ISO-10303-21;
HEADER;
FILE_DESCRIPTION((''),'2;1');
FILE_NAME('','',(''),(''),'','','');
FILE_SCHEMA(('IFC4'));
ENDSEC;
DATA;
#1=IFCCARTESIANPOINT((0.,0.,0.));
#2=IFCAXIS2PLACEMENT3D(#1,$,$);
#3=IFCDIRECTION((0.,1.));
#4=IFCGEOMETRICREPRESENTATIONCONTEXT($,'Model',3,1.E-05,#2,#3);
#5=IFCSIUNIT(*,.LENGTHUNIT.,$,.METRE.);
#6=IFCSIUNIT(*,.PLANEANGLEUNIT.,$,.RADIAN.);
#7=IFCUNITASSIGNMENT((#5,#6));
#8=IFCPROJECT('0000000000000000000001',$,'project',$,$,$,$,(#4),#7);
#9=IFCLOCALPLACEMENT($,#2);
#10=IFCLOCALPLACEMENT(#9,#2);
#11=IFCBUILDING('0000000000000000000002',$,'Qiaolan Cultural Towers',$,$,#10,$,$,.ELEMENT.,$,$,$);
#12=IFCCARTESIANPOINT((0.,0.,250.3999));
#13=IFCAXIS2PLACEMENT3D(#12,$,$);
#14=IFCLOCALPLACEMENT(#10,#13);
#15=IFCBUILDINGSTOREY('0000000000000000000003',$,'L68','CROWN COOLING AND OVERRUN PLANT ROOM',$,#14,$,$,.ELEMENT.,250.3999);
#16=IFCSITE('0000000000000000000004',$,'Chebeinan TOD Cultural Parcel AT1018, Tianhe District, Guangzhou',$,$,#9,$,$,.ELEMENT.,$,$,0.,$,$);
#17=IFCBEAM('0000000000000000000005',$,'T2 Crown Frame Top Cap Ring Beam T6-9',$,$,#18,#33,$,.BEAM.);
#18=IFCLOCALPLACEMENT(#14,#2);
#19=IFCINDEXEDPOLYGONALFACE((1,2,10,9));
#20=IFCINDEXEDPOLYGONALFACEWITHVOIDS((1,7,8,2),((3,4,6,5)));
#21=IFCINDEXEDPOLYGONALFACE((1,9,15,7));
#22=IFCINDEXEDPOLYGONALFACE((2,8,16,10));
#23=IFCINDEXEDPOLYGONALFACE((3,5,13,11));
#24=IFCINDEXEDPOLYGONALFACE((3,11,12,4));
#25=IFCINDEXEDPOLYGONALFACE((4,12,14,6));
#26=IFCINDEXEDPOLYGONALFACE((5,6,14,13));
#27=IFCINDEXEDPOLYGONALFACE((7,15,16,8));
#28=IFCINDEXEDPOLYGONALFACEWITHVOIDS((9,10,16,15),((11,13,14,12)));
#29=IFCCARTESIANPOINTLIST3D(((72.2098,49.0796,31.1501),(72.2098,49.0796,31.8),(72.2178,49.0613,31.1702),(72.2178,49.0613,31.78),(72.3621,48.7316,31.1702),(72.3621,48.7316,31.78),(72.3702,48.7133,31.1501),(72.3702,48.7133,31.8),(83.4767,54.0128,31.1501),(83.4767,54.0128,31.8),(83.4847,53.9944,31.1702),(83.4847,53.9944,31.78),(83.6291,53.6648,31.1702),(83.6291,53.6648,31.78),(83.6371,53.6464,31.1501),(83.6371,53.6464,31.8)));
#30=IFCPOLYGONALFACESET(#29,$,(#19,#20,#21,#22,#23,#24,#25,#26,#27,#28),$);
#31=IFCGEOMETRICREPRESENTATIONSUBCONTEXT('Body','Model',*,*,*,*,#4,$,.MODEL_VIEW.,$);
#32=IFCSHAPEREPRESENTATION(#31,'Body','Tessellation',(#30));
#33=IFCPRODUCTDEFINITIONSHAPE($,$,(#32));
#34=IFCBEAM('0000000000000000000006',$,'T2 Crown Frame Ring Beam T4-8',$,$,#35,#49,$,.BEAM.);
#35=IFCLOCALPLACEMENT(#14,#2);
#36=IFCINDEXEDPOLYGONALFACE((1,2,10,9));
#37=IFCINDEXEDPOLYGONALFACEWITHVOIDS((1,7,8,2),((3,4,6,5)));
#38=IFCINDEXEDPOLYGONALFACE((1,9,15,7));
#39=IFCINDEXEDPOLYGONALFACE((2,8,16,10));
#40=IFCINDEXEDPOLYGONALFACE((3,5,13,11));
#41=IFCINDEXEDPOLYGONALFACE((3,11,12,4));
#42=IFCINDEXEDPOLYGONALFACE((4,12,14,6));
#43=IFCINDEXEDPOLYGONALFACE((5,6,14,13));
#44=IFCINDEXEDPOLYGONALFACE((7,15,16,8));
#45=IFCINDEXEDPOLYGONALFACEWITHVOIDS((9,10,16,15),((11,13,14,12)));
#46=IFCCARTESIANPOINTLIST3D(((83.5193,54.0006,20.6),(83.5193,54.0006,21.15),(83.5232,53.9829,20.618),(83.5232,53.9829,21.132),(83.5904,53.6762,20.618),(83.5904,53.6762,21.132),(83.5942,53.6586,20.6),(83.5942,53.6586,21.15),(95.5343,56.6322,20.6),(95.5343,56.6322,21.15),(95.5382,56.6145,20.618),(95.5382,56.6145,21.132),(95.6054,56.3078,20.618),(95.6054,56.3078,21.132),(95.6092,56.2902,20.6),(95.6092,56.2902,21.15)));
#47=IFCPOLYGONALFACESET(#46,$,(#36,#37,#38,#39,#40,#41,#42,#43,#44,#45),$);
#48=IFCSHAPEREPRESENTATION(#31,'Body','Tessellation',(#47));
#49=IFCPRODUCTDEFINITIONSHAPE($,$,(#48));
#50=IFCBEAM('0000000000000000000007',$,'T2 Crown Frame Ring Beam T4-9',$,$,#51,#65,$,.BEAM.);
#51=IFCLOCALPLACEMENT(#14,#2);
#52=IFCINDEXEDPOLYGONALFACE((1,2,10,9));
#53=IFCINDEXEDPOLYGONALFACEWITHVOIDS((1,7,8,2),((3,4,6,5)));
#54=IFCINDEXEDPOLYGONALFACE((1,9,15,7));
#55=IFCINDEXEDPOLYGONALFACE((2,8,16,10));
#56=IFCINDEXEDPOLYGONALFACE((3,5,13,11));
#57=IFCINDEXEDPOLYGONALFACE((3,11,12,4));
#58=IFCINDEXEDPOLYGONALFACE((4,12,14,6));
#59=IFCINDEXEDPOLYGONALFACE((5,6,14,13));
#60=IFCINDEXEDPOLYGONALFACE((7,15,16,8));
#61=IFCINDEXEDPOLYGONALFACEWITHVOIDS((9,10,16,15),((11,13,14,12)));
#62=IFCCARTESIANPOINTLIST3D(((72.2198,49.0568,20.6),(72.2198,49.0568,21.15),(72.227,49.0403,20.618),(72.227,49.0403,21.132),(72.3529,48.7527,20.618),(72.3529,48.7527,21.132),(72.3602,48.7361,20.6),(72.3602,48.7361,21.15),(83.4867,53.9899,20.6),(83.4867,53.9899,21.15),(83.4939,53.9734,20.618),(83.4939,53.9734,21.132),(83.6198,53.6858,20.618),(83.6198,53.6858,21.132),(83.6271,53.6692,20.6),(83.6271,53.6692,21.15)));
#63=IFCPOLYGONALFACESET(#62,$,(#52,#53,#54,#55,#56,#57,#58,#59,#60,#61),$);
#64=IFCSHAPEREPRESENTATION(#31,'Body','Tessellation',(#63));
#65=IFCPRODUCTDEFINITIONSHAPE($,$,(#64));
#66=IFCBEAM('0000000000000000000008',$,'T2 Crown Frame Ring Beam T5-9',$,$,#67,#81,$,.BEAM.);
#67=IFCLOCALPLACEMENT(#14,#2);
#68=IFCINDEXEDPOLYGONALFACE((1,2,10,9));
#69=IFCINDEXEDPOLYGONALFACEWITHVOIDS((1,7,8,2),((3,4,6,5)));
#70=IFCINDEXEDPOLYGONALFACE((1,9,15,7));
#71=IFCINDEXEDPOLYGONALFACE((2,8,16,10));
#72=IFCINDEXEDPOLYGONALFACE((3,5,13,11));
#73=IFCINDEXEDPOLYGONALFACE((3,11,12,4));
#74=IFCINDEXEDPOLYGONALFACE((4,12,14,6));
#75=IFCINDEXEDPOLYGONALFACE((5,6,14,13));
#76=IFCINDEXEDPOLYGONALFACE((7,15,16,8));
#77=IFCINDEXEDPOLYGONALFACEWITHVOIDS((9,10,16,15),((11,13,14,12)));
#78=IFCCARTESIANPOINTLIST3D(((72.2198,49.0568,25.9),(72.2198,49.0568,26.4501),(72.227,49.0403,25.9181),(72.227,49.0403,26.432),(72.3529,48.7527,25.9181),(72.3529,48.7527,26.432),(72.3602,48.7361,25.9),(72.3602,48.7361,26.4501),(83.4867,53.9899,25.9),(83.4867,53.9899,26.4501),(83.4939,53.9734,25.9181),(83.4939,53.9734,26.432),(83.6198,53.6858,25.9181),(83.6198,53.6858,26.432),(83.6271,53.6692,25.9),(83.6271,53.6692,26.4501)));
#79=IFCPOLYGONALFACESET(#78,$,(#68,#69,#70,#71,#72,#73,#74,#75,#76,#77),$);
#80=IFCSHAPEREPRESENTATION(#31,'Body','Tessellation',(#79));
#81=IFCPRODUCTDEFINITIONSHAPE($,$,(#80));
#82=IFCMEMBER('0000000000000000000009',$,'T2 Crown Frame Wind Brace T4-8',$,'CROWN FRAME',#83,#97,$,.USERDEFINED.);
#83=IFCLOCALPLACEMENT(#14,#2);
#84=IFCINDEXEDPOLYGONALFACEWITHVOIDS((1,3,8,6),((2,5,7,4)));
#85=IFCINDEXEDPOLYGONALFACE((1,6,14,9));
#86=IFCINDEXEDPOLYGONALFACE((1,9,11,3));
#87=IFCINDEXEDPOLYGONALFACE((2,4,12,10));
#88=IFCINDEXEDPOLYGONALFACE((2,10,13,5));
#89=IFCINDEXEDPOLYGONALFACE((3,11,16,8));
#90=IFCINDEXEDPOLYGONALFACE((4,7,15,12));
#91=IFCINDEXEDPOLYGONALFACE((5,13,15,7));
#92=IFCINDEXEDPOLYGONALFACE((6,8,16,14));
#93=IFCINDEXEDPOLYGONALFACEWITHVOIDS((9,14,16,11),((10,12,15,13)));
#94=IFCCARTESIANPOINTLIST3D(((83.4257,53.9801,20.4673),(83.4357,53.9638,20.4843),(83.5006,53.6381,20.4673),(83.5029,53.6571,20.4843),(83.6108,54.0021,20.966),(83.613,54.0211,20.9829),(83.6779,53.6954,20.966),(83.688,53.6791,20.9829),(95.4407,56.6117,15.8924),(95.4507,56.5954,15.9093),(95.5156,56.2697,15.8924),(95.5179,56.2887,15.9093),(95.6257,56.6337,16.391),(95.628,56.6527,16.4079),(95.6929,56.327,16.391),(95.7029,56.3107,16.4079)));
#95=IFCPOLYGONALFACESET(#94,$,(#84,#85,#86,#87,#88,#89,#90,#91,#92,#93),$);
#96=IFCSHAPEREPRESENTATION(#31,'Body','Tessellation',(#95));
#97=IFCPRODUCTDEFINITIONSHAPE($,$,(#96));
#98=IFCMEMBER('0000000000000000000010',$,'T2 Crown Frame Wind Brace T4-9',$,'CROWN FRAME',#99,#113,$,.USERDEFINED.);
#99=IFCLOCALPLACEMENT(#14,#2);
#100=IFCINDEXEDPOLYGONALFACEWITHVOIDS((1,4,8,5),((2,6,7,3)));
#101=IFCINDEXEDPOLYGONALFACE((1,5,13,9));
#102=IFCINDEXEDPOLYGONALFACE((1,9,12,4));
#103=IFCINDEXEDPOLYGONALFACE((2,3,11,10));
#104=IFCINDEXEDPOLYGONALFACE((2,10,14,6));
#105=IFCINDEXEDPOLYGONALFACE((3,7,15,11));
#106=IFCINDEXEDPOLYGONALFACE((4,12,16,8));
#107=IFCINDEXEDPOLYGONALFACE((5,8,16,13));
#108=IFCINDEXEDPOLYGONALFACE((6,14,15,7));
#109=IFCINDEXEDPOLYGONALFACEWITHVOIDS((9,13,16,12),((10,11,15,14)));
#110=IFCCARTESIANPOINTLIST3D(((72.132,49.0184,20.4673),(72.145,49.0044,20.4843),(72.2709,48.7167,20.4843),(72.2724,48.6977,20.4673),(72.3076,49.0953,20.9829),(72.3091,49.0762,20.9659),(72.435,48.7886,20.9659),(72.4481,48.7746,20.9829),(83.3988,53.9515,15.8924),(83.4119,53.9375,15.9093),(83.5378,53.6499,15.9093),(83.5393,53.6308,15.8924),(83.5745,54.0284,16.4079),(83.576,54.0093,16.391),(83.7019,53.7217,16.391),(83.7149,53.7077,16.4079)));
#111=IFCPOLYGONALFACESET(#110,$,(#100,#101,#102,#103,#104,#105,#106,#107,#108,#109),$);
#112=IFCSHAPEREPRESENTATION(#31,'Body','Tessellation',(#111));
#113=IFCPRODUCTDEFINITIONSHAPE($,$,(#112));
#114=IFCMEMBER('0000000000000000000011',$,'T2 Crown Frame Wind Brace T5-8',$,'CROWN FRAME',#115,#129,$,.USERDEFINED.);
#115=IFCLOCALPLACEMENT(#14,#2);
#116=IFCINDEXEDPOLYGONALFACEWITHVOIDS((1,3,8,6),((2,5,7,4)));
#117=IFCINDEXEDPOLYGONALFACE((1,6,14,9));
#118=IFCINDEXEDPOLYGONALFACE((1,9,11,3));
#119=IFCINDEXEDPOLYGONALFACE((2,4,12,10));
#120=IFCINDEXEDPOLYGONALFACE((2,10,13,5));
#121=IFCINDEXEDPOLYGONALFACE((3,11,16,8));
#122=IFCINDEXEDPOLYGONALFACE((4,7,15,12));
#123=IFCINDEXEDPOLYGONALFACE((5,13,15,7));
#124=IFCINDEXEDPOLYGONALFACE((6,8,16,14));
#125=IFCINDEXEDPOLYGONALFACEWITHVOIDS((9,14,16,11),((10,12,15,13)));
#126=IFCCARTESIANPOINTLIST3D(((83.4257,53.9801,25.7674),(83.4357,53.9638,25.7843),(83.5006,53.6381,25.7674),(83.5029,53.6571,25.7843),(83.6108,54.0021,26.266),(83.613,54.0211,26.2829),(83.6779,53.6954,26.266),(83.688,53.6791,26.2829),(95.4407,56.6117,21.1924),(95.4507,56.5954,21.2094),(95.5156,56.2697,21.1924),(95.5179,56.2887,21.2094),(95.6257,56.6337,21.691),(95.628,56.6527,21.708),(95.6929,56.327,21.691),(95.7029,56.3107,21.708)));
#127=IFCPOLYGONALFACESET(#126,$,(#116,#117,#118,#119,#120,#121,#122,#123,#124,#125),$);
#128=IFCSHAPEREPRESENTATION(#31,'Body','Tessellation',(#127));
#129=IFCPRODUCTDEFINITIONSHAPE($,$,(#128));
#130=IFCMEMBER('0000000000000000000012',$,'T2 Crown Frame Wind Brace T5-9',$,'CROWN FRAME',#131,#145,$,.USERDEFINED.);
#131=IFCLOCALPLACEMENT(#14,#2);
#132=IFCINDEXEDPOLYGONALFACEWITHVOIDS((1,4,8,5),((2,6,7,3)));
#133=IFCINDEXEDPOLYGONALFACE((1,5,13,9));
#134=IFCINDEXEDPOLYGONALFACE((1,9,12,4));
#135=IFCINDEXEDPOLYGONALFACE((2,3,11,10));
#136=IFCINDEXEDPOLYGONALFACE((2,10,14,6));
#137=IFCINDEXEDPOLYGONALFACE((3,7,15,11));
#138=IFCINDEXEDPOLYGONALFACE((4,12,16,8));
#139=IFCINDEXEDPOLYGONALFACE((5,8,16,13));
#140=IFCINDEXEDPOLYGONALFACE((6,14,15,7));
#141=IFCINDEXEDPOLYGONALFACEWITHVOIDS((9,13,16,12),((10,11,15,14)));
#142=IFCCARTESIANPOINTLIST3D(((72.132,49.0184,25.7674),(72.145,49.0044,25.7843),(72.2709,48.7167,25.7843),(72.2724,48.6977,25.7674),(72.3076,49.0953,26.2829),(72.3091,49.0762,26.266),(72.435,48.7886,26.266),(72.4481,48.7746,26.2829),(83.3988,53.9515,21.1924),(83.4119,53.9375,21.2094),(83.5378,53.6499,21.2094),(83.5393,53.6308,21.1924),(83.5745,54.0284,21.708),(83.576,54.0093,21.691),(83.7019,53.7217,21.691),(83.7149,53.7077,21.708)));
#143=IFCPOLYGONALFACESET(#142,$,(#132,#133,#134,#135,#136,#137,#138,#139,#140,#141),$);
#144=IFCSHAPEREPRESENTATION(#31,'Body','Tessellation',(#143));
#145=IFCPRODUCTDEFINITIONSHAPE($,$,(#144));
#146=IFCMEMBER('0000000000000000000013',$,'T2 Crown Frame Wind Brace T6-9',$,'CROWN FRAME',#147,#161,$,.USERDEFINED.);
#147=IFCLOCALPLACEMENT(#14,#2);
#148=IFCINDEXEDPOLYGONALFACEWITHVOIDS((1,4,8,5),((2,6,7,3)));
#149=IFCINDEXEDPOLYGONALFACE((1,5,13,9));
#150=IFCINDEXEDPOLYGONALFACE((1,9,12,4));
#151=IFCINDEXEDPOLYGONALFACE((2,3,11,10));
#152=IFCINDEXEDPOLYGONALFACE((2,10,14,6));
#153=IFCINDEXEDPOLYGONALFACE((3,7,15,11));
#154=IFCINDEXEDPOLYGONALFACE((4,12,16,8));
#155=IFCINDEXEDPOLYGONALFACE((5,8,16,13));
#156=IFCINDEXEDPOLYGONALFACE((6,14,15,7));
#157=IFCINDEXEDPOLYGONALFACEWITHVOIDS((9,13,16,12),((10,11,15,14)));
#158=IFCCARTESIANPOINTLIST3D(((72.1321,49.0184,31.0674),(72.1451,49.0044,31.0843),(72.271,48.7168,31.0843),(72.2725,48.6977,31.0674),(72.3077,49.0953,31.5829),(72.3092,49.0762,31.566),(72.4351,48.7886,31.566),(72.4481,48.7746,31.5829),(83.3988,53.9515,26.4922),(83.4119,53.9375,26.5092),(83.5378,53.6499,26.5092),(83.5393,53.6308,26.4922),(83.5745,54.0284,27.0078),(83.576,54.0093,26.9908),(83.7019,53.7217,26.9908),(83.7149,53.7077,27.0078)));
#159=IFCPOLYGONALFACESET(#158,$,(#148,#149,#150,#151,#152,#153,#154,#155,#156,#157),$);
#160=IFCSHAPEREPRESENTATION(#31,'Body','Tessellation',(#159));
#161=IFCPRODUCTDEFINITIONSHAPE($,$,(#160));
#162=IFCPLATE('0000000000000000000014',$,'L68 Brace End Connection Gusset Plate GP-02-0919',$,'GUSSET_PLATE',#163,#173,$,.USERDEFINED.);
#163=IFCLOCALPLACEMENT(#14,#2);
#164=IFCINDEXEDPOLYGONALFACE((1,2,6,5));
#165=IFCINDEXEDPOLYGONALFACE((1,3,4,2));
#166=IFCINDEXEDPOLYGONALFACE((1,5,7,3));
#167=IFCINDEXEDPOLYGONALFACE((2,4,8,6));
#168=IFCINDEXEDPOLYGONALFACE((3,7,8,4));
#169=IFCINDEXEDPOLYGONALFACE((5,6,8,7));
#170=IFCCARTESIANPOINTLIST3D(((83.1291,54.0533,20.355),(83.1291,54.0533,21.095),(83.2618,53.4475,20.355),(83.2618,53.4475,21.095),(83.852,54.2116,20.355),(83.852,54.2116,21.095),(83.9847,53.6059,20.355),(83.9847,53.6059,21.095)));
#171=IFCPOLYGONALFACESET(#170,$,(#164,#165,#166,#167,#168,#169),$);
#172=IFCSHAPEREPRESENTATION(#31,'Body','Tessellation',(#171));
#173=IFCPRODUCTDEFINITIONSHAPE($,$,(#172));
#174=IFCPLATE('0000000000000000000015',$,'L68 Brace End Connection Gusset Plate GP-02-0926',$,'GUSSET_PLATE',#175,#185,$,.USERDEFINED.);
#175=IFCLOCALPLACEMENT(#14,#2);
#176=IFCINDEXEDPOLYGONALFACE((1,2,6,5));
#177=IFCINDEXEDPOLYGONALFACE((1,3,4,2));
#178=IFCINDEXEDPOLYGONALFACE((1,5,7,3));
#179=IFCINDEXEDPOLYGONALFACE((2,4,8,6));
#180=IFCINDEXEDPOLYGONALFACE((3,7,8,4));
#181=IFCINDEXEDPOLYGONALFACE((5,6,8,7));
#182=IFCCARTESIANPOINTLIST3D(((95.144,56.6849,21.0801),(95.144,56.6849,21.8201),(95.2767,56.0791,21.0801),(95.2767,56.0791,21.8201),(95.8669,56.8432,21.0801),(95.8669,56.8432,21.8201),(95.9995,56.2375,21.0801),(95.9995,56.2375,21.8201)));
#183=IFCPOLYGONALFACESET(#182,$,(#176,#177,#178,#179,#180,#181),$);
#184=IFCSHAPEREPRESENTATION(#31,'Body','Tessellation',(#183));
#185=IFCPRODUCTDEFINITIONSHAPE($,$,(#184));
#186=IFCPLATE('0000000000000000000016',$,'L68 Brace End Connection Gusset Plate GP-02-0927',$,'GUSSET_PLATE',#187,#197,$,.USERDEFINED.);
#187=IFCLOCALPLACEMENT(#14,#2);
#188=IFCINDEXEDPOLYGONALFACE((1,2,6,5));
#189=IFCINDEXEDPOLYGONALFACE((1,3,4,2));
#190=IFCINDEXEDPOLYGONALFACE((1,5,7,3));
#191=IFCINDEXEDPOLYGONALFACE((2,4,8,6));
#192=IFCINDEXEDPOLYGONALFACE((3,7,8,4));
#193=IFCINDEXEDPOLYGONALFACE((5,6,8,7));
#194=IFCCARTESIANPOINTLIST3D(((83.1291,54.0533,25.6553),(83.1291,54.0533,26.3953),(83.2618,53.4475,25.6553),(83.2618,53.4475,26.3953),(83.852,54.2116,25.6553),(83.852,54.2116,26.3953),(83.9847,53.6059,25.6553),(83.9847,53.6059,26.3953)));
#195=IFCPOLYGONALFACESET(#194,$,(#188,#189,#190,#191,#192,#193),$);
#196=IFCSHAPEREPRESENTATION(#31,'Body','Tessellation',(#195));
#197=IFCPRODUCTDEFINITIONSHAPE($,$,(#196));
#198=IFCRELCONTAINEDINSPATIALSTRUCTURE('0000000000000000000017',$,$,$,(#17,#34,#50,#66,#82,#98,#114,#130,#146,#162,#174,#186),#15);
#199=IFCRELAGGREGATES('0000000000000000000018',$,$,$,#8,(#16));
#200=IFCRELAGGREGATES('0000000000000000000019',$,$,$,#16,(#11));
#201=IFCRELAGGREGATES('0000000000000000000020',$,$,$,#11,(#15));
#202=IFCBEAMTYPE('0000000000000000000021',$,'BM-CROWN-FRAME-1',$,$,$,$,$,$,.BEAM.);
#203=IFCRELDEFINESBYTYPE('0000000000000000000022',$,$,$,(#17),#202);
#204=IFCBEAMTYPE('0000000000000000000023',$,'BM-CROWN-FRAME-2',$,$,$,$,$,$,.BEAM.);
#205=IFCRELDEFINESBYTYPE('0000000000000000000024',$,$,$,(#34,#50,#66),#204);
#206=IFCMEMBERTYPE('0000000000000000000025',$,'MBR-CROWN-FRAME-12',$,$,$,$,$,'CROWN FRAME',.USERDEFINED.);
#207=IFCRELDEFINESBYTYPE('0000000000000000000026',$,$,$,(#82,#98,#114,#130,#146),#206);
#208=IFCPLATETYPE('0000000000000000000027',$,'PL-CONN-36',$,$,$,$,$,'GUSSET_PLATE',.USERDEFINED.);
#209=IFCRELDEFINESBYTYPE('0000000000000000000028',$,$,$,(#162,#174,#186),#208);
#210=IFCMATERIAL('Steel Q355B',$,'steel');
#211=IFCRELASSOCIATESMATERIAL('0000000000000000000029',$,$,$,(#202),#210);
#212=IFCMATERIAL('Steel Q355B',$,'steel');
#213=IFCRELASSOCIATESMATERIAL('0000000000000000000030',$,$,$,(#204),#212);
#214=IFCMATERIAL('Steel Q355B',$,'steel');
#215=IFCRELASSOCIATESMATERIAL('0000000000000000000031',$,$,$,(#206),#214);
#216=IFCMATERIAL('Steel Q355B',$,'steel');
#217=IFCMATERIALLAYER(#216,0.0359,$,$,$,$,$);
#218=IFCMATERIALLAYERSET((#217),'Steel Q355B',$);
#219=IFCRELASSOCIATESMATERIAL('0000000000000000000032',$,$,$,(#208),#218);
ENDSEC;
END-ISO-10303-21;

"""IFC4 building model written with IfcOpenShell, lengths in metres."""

from ifc_helpers import new_model, si_unit, direction, frame, origin, origin_2d, place, context, subcontext, project, spatial, rectangle, hollow_rectangle, extrude, material, layer, layer_set, material_profile, profile_set, type_object, element, save


model = new_model("IFC4")

# Units and contexts
model_context = context("Model", 3, precision=1e-05, world=origin(), true_north=direction((0.0, 1.0)))
body_context = subcontext(model_context, "Body", "Model", "MODEL_VIEW")
ifc_project = project(units=[si_unit("LENGTHUNIT", "METRE"), si_unit("PLANEANGLEUNIT", "RADIAN")], contexts=[model_context])

# Site, building, storey
site_placement = place(None, origin())
site = spatial("IfcSite", under=ifc_project, at=site_placement, Name="Chebeinan TOD Cultural Parcel AT1018, Tianhe District, Guangzhou", CompositionType="ELEMENT", RefElevation=0.0)
building_placement = place(site_placement, origin())
building = spatial("IfcBuilding", under=site, at=building_placement, Name="Qiaolan Cultural Towers", CompositionType="ELEMENT")
storey_placement = place(building_placement, frame((0.0, 0.0, 250.3999)))
storey = spatial("IfcBuildingStorey", under=building, at=storey_placement, Name="L68", Description="CROWN COOLING AND OVERRUN PLANT ROOM", CompositionType="ELEMENT", Elevation=250.3999)

# Beams
ifc_material_1 = material(Name="Steel Q355B", Category="steel")
ifc_material_profile_1 = material_profile(ifc_material_1, hollow_rectangle(XDim=0.3999, YDim=0.6499, WallThickness=0.02, at=origin_2d()), Name="BOX650x400x20")
ifc_profile_set_1 = profile_set([ifc_material_profile_1], Name="Steel Q355B")
beam_type_1 = type_object("IfcBeamType", Name="BM-CROWN-FRAME-1", PredefinedType="BEAM", material=ifc_profile_set_1)
beam_1_placement = place(storey_placement, frame((83.5569, 53.8296, 31.4751), z_axis=(-0.916042, -0.401082, 0.0), x_axis=(0.401082, -0.916042, 0.0)))
element("IfcBeam", 1, at=beam_1_placement, inside=storey, type_object=beam_type_1, Name="T2 Crown Frame Top Cap Ring Beam T6-9", PredefinedType="BEAM", context=body_context, shape_type="SweptSolid", body=[
    extrude(hollow_rectangle(XDim=0.3999, YDim=0.6499, WallThickness=0.02, at=origin_2d()), origin(), (0.0, 0.0, 1.0), 12.2996),
])
ifc_material_2 = material(Name="Steel Q355B", Category="steel")
ifc_material_profile_2 = material_profile(ifc_material_2, hollow_rectangle(XDim=0.3501, YDim=0.55, WallThickness=0.0181, at=origin_2d()), Name="BOX550x350x18")
ifc_profile_set_2 = profile_set([ifc_material_profile_2], Name="Steel Q355B")
beam_type_2 = type_object("IfcBeamType", Name="BM-CROWN-FRAME-2", PredefinedType="BEAM", material=ifc_profile_set_2)
beam_2_placement = place(storey_placement, frame((95.5718, 56.4612, 20.875), z_axis=(-0.976843, -0.213956, 0.0), x_axis=(0.213956, -0.976843, 0.0)))
element("IfcBeam", 2, at=beam_2_placement, inside=storey, type_object=beam_type_2, Name="T2 Crown Frame Ring Beam T4-8", PredefinedType="BEAM", context=body_context, shape_type="SweptSolid", body=[
    extrude(hollow_rectangle(XDim=0.3501, YDim=0.55, WallThickness=0.0181, at=origin_2d()), origin(), (0.0, 0.0, 1.0), 12.2998),
])
for number, where, z_axis, x_axis, name in (
    (3, (83.5569, 53.8296, 20.875), (-0.916042, -0.401082, 0.0), (0.401082, -0.916042, 0.0), "T2 Crown Frame Ring Beam T4-9"),
    (4, (83.5569, 53.8296, 26.175), (-0.916042, -0.401082, 0.0), (0.401082, -0.916042, 0.0), "T2 Crown Frame Ring Beam T5-9"),
):
    element("IfcBeam", number, at=place(storey_placement, frame(where, z_axis=z_axis, x_axis=x_axis)), inside=storey, type_object=beam_type_2, Name=name, PredefinedType="BEAM", context=body_context, shape_type="SweptSolid", body=[
        extrude(hollow_rectangle(XDim=0.3501, YDim=0.55, WallThickness=0.0181, at=origin_2d()), origin(), (0.0, 0.0, 1.0), 12.2996),
    ])

# Members
ifc_material_3 = material(Name="Steel Q355B", Category="steel")
ifc_material_profile_3 = material_profile(ifc_material_3, hollow_rectangle(XDim=0.3501, YDim=0.55, WallThickness=0.0181, at=origin_2d()), Name="BOX550x350x18")
ifc_profile_set_3 = profile_set([ifc_material_profile_3], Name="Steel Q355B")
member_type = type_object("IfcMemberType", Name="MBR-CROWN-FRAME-12", ElementType="CROWN FRAME", PredefinedType="USERDEFINED", material=ifc_profile_set_3)
member_1_placement = place(storey_placement, frame((95.5718, 56.4612, 16.1501), z_axis=(-0.91556, -0.200533, 0.348621), x_axis=(0.213956, -0.976843, 0.0)))
element("IfcMember", 5, at=member_1_placement, inside=storey, type_object=member_type, Name="T2 Crown Frame Wind Brace T4-8", ObjectType="CROWN FRAME", PredefinedType="USERDEFINED", context=body_context, shape_type="SweptSolid", body=[
    extrude(hollow_rectangle(XDim=0.3501, YDim=0.55, WallThickness=0.0181, at=origin_2d()), origin(), (0.0, 0.0, 1.0), 13.123),
])
member_2_placement = place(storey_placement, frame((83.5569, 53.8296, 16.1501), z_axis=(-0.858571, -0.375919, 0.348627), x_axis=(0.401082, -0.916042, 0.0)))
element("IfcMember", 6, at=member_2_placement, inside=storey, type_object=member_type, Name="T2 Crown Frame Wind Brace T4-9", ObjectType="CROWN FRAME", PredefinedType="USERDEFINED", context=body_context, shape_type="SweptSolid", body=[
    extrude(hollow_rectangle(XDim=0.3501, YDim=0.55, WallThickness=0.0181, at=origin_2d()), origin(), (0.0, 0.0, 1.0), 13.1228),
])
member_3_placement = place(storey_placement, frame((95.5718, 56.4612, 21.4502), z_axis=(-0.91556, -0.200533, 0.348621), x_axis=(0.213956, -0.976843, 0.0)))
element("IfcMember", 7, at=member_3_placement, inside=storey, type_object=member_type, Name="T2 Crown Frame Wind Brace T5-8", ObjectType="CROWN FRAME", PredefinedType="USERDEFINED", context=body_context, shape_type="SweptSolid", body=[
    extrude(hollow_rectangle(XDim=0.3501, YDim=0.55, WallThickness=0.0181, at=origin_2d()), origin(), (0.0, 0.0, 1.0), 13.123),
])
for number, where, z_axis, x_axis, name in (
    (8, (83.5569, 53.8296, 21.4502), (-0.858571, -0.375919, 0.348627), (0.401082, -0.916042, 0.0), "T2 Crown Frame Wind Brace T5-9"),
    (9, (83.5569, 53.8296, 26.75), (-0.858566, -0.375917, 0.348643), (0.401082, -0.916042, 0.0), "T2 Crown Frame Wind Brace T6-9"),
):
    element("IfcMember", number, at=place(storey_placement, frame(where, z_axis=z_axis, x_axis=x_axis)), inside=storey, type_object=member_type, Name=name, ObjectType="CROWN FRAME", PredefinedType="USERDEFINED", context=body_context, shape_type="SweptSolid", body=[
        extrude(hollow_rectangle(XDim=0.3501, YDim=0.55, WallThickness=0.0181, at=origin_2d()), origin(), (0.0, 0.0, 1.0), 13.1228),
    ])

# Plates
ifc_material_4 = material(Name="Steel Q355B", Category="steel")
ifc_layer_1 = layer(ifc_material_4, 0.0359)
ifc_layer_set_1 = layer_set([ifc_layer_1], Name="Steel Q355B")
plate_type_1 = type_object("IfcPlateType", Name="PL-CONN-36", ElementType="GUSSET_PLATE", PredefinedType="USERDEFINED", material=ifc_layer_set_1)
for number, where, z_axis, x_axis, name in (
    (10, (83.5569, 53.8296, 20.355), (0.0, 0.0, 1.0), (0.976843, 0.213956, 0.0), "L68 Brace End Connection Gusset Plate GP-02-0919"),
    (11, (95.5718, 56.4612, 21.0801), (0.0, 0.0, 1.0), (0.976843, 0.213956, 0.0), "L68 Brace End Connection Gusset Plate GP-02-0926"),
    (12, (83.5569, 53.8296, 25.6553), (0.0, 0.0, 1.0), (0.976843, 0.213956, 0.0), "L68 Brace End Connection Gusset Plate GP-02-0927"),
):
    element("IfcPlate", number, at=place(storey_placement, frame(where, z_axis=z_axis, x_axis=x_axis)), inside=storey, type_object=plate_type_1, Name=name, ObjectType="GUSSET_PLATE", PredefinedType="USERDEFINED", context=body_context, shape_type="SweptSolid", body=[
        extrude(rectangle(XDim=0.74, YDim=0.6201, at=origin_2d()), origin(), (0.0, 0.0, 1.0), 0.74),
    ])

save(model, "model.ifc")
